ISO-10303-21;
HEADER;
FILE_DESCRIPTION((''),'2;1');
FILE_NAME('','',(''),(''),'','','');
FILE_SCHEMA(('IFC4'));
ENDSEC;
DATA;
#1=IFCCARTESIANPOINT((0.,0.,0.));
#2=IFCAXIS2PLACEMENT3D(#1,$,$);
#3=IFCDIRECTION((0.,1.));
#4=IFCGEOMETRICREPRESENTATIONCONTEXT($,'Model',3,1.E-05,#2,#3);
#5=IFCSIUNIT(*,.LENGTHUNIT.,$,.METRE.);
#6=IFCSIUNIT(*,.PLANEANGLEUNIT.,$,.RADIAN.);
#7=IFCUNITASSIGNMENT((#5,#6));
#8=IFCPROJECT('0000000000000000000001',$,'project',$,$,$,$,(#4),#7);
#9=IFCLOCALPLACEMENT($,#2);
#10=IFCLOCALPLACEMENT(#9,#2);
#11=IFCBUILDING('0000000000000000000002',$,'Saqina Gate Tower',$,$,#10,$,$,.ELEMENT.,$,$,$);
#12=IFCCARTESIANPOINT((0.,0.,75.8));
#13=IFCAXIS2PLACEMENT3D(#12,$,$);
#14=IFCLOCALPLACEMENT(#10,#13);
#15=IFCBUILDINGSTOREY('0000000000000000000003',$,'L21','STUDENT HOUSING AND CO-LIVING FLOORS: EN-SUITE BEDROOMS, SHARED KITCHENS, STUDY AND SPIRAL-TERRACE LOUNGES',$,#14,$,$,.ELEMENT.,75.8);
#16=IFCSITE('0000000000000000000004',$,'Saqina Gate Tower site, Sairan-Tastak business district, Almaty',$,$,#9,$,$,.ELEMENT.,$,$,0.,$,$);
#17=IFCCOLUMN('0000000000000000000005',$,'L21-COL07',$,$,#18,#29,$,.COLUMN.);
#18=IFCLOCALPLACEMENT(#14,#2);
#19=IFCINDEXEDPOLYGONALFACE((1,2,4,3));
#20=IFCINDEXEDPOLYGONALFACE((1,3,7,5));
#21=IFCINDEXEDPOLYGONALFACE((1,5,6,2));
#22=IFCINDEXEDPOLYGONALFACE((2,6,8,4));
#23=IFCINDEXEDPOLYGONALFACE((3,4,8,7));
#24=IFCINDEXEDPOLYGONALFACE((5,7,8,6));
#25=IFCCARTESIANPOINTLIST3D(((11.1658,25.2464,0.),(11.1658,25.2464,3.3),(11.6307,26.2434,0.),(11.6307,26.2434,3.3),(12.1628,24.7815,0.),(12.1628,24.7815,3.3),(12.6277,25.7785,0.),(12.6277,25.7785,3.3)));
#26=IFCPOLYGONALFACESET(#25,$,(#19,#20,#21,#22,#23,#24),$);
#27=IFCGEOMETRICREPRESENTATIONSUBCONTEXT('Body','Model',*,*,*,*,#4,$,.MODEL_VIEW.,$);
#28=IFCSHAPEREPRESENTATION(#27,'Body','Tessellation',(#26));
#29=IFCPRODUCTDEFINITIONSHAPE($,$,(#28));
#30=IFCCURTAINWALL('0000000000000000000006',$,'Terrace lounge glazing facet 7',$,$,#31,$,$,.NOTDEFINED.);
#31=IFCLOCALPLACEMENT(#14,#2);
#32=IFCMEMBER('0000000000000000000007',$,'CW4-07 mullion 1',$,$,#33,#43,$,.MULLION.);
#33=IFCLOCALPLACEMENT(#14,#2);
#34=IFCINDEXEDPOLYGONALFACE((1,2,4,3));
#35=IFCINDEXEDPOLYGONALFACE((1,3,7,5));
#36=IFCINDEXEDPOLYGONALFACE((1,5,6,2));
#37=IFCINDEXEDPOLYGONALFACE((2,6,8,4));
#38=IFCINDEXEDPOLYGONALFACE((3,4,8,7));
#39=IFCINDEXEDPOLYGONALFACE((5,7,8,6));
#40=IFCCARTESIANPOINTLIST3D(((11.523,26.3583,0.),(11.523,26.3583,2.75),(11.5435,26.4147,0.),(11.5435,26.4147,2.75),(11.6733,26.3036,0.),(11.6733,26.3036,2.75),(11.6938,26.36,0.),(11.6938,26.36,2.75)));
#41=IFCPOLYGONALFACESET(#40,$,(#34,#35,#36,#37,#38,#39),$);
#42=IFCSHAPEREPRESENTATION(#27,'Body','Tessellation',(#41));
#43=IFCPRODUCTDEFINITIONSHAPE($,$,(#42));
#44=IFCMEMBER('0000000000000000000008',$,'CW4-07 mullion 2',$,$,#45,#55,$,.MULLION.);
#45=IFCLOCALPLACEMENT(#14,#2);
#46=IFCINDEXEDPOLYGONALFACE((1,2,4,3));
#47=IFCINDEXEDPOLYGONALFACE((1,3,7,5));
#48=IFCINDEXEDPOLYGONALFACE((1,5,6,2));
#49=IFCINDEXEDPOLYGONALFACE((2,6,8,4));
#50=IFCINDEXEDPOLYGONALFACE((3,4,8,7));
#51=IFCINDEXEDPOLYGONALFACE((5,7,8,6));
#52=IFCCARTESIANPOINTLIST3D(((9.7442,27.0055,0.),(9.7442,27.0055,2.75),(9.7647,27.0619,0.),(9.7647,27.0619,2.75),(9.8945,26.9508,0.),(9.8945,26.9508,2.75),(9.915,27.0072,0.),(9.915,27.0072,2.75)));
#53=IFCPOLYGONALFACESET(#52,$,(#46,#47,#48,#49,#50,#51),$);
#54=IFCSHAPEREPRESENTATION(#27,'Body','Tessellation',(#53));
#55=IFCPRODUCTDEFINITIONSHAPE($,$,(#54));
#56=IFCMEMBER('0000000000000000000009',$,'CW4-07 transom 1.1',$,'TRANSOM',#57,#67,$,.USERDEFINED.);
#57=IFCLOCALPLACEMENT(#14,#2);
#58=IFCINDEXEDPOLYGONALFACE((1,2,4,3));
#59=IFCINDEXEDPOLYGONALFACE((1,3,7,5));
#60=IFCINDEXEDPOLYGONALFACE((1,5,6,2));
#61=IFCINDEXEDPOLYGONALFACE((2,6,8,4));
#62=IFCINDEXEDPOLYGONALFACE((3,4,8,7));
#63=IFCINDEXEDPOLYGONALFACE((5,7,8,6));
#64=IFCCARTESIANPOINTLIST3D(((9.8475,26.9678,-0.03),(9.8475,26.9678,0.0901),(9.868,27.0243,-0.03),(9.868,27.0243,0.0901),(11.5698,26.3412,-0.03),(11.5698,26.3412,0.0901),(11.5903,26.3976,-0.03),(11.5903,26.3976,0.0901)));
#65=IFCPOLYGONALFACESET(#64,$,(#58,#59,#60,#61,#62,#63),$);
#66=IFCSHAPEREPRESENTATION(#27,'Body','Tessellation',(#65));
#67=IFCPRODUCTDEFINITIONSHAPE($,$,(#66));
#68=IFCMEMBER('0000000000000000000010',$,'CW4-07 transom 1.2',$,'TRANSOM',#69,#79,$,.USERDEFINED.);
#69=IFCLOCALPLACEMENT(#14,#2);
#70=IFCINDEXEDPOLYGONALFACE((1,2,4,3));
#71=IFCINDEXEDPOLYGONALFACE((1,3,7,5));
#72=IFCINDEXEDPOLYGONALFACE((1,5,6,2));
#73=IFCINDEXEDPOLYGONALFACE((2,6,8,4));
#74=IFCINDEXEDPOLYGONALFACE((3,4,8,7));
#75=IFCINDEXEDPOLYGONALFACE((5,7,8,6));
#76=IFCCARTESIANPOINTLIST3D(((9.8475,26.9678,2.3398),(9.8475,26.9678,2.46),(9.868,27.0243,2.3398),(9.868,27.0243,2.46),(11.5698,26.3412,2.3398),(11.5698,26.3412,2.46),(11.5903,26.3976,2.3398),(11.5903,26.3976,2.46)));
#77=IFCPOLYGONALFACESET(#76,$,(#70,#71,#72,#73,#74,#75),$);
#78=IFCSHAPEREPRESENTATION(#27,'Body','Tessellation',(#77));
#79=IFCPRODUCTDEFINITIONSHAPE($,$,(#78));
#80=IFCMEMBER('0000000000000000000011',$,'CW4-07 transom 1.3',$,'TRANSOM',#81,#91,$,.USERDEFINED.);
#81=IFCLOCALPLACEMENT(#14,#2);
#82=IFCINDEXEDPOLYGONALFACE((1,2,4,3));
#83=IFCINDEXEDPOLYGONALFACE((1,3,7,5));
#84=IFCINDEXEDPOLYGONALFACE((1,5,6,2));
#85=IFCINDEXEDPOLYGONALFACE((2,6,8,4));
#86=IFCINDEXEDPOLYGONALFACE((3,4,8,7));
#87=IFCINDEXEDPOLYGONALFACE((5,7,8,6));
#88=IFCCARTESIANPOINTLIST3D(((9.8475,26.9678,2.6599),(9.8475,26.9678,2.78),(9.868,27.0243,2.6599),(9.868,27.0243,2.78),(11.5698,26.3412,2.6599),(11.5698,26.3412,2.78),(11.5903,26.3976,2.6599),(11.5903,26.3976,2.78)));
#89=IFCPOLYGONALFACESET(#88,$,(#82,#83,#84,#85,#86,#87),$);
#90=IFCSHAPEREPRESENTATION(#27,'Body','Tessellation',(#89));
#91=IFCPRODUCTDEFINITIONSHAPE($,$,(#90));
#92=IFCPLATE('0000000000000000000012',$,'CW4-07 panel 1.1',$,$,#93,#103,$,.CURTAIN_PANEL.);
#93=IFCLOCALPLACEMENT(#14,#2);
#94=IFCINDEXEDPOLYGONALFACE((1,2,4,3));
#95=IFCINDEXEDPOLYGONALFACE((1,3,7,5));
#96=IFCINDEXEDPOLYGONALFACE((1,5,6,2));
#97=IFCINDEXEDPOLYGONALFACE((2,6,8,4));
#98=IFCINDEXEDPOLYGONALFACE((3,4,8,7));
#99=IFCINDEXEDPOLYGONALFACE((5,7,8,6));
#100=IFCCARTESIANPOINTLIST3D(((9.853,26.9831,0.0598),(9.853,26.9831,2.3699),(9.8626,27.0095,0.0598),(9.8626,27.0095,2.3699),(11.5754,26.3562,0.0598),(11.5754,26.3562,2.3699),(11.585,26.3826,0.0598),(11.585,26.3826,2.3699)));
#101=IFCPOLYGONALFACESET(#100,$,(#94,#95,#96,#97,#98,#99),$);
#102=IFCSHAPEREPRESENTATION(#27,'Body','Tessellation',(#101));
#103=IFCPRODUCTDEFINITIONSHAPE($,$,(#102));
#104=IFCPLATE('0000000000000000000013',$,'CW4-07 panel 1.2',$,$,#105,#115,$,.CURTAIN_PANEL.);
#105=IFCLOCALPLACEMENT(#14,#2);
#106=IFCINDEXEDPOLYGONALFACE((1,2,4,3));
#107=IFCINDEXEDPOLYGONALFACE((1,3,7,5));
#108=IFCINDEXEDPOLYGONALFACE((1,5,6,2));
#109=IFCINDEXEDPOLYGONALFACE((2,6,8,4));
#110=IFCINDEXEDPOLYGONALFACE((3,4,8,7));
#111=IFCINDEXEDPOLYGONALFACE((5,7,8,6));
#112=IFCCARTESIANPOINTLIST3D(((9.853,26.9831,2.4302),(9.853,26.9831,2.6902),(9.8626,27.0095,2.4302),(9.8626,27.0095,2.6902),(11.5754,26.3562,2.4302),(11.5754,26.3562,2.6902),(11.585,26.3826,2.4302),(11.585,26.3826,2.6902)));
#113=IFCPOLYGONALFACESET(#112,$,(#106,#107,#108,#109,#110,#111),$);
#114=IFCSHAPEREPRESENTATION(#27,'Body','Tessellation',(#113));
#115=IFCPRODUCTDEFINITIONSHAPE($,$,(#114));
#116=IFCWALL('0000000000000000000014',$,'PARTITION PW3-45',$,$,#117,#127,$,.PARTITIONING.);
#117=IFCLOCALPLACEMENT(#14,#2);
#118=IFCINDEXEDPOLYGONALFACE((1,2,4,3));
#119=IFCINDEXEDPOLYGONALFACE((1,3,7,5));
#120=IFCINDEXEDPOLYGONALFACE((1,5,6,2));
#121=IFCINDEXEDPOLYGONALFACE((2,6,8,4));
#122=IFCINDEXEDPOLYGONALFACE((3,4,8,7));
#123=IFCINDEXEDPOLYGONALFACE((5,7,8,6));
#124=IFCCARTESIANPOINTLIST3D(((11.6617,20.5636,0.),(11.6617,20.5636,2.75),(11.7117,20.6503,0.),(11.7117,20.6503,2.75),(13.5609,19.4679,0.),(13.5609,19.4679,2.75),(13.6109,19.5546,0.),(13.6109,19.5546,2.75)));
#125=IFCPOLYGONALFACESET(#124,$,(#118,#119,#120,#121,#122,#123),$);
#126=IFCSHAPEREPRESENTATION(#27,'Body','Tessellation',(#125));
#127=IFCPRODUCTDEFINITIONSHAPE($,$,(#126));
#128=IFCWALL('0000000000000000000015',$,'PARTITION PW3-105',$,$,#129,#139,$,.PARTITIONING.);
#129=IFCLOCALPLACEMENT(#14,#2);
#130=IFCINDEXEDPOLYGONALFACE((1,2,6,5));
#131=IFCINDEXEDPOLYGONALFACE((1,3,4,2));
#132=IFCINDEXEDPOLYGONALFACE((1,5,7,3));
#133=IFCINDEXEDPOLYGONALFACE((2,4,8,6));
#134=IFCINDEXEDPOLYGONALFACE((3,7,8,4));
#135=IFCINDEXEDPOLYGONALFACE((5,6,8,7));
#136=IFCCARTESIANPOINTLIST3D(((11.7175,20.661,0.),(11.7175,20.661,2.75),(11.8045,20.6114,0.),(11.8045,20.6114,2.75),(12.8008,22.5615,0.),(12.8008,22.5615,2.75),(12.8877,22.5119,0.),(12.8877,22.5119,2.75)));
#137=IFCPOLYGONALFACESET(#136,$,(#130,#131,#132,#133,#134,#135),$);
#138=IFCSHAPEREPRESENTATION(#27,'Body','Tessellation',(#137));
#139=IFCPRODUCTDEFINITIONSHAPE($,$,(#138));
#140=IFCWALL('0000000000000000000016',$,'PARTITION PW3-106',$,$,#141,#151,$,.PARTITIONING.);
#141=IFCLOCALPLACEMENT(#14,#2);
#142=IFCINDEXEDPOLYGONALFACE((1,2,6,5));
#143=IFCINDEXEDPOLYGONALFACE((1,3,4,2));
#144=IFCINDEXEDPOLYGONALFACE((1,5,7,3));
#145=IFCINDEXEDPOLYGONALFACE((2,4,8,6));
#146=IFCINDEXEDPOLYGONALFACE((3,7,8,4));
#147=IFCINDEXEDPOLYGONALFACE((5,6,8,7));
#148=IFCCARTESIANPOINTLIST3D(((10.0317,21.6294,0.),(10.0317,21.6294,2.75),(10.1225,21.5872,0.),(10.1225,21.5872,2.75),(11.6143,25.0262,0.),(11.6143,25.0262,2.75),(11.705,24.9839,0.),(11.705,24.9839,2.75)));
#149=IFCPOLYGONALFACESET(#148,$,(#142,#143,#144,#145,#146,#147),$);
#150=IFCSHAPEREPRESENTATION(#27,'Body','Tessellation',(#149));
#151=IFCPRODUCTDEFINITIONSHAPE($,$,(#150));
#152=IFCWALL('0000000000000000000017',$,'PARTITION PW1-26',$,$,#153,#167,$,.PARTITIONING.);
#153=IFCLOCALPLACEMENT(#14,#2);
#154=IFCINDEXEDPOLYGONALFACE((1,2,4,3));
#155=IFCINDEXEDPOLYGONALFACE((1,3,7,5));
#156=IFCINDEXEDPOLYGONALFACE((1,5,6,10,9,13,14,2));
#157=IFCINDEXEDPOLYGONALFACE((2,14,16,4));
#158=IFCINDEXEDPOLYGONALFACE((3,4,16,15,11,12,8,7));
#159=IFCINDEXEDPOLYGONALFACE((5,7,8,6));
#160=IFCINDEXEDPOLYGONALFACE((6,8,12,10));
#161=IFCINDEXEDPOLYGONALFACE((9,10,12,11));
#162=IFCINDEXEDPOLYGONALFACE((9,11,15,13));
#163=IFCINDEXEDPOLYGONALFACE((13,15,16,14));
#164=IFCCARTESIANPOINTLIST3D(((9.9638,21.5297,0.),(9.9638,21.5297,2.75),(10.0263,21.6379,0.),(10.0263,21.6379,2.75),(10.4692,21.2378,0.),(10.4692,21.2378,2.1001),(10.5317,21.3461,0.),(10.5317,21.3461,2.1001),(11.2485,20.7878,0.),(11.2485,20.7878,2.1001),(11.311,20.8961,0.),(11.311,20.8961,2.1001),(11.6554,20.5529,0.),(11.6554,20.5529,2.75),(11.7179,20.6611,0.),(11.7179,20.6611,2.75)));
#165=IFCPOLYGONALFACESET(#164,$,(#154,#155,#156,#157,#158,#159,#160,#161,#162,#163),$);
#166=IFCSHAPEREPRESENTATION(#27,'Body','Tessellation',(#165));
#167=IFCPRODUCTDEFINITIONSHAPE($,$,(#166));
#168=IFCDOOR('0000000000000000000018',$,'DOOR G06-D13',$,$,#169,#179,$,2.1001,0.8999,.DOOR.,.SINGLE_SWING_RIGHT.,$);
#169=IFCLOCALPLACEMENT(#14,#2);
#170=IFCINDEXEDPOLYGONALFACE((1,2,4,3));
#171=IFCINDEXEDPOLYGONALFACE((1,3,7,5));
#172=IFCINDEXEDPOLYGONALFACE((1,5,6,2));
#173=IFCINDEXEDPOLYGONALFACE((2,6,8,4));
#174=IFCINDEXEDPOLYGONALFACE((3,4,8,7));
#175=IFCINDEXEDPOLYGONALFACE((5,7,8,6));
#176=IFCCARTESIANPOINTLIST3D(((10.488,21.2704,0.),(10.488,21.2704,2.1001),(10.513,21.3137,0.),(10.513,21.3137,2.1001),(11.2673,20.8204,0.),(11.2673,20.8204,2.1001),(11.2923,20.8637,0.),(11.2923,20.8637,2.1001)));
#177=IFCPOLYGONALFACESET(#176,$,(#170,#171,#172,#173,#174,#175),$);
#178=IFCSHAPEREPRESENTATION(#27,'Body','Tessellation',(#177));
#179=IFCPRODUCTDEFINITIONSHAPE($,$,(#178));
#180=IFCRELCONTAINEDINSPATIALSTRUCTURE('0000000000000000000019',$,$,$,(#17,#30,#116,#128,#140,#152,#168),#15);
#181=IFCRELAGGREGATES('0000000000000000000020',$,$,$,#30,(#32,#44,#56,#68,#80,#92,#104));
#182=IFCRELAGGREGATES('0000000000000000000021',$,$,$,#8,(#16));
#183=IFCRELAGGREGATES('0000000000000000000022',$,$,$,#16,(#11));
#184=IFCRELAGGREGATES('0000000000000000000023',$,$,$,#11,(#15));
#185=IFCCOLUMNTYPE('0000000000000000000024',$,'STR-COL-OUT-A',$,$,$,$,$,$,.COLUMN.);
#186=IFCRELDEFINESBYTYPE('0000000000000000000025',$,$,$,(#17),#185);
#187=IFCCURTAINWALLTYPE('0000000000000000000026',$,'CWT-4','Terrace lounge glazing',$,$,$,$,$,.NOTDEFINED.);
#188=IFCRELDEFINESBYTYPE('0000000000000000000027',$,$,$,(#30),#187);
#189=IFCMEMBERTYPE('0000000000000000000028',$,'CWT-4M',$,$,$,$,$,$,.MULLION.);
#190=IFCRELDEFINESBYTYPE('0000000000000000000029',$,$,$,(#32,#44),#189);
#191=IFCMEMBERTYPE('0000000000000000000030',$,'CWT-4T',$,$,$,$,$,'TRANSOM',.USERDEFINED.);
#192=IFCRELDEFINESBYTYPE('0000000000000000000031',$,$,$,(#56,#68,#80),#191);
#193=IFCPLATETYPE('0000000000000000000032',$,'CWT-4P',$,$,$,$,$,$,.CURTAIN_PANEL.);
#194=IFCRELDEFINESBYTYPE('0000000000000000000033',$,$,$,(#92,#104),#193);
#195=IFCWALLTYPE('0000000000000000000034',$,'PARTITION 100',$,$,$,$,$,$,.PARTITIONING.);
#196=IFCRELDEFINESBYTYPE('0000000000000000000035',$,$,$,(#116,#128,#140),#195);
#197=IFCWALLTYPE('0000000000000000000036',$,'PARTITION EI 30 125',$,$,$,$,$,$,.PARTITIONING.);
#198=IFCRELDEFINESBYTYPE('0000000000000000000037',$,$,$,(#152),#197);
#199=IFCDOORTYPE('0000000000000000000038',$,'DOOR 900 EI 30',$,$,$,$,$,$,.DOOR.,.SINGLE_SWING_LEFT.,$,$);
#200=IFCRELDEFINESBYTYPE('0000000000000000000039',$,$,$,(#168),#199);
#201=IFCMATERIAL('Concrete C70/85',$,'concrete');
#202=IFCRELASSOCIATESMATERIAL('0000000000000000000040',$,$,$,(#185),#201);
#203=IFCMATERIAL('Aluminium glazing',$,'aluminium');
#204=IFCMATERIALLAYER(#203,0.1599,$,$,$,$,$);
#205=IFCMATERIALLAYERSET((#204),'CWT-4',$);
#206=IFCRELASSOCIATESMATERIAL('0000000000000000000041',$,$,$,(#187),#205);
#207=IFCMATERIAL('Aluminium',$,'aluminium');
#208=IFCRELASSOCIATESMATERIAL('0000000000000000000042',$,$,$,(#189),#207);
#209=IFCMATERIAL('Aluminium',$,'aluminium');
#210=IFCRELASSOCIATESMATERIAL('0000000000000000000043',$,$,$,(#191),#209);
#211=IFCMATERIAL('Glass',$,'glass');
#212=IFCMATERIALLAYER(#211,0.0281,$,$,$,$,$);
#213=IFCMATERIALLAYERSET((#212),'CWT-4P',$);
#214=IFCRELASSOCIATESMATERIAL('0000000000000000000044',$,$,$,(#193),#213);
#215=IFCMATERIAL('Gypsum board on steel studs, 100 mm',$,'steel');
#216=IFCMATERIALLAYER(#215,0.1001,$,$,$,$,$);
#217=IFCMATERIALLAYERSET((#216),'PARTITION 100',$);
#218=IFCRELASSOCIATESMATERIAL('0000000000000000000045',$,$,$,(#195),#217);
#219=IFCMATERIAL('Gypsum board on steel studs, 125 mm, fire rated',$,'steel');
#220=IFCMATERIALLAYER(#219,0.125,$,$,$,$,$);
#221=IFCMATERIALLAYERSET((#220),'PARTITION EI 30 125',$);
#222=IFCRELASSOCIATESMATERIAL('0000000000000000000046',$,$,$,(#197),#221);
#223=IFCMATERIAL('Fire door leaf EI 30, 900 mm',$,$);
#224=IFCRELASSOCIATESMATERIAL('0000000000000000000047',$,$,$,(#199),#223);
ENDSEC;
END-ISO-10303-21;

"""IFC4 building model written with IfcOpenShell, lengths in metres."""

from ifc_helpers import new_model, si_unit, direction, frame, frame_2d, origin, origin_2d, place, context, subcontext, project, spatial, rectangle, extrude, material, layer, layer_set, material_profile, profile_set, type_object, element, fill, aggregate, save


model = new_model("IFC4")

# Units and contexts
model_context = context("Model", 3, precision=1e-05, world=origin(), true_north=direction((0.0, 1.0)))
body_context = subcontext(model_context, "Body", "Model", "MODEL_VIEW")
ifc_project = project(units=[si_unit("LENGTHUNIT", "METRE"), si_unit("PLANEANGLEUNIT", "RADIAN")], contexts=[model_context])

# Site, building, storey
site_placement = place(None, origin())
site = spatial("IfcSite", under=ifc_project, at=site_placement, Name="Saqina Gate Tower site, Sairan-Tastak business district, Almaty", CompositionType="ELEMENT", RefElevation=0.0)
building_placement = place(site_placement, origin())
building = spatial("IfcBuilding", under=site, at=building_placement, Name="Saqina Gate Tower", CompositionType="ELEMENT")
storey_placement = place(building_placement, frame((0.0, 0.0, 75.8)))
storey = spatial("IfcBuildingStorey", under=building, at=storey_placement, Name="L21", Description="STUDENT HOUSING AND CO-LIVING FLOORS: EN-SUITE BEDROOMS, SHARED KITCHENS, STUDY AND SPIRAL-TERRACE LOUNGES", CompositionType="ELEMENT", Elevation=75.8)

# Column
ifc_material_1 = material(Name="Concrete C70/85", Category="concrete")
ifc_material_profile_1 = material_profile(ifc_material_1, rectangle(XDim=1.1001, YDim=1.1001, at=origin_2d()), Name="RC 1100x1100")
ifc_profile_set_1 = profile_set([ifc_material_profile_1], Name="Concrete C70/85")
column_type = type_object("IfcColumnType", Name="STR-COL-OUT-A", PredefinedType="COLUMN", material=ifc_profile_set_1)
column_placement = place(storey_placement, frame((11.8967, 25.5125, 0.0), z_axis=(0.0, 0.0, 1.0), x_axis=(0.422618, 0.906308, 0.0)))
element("IfcColumn", 1, at=column_placement, inside=storey, type_object=column_type, Name="L21-COL07", PredefinedType="COLUMN", context=body_context, shape_type="SweptSolid", body=[
    extrude(rectangle(XDim=1.1001, YDim=1.1001, at=origin_2d()), origin(), (0.0, 0.0, 1.0), 3.3),
])

# Curtain wall, members, plates
ifc_material_2 = material(Name="Aluminium glazing", Category="aluminium")
ifc_layer_1 = layer(ifc_material_2, 0.1599)
ifc_layer_set_1 = layer_set([ifc_layer_1], Name="CWT-4")
curtain_wall_type = type_object("IfcCurtainWallType", Name="CWT-4", Description="Terrace lounge glazing", PredefinedType="NOTDEFINED", material=ifc_layer_set_1)
curtain_wall_placement = place(storey_placement, origin())
curtain_wall = element("IfcCurtainWall", 2, at=curtain_wall_placement, inside=storey, type_object=curtain_wall_type, Name="Terrace lounge glazing facet 7", PredefinedType="NOTDEFINED")
ifc_material_3 = material(Name="Aluminium", Category="aluminium")
ifc_material_profile_2 = material_profile(ifc_material_3, rectangle(XDim=0.0601, YDim=0.1599, at=origin_2d()), Name="Aluminium 60x160")
ifc_profile_set_2 = profile_set([ifc_material_profile_2], Name="Aluminium")
member_type_1 = type_object("IfcMemberType", Name="CWT-4M", PredefinedType="MULLION", material=ifc_profile_set_2)
member_1_placement = place(storey_placement, frame((11.6084, 26.3591, 0.0), z_axis=(0.0, 0.0, 1.0), x_axis=(-0.342008, -0.939697, 0.0)))
member_1 = element("IfcMember", 3, at=member_1_placement, type_object=member_type_1, Name="CW4-07 mullion 1", PredefinedType="MULLION", context=body_context, shape_type="SweptSolid", body=[
    extrude(rectangle(XDim=0.0601, YDim=0.1599, at=origin_2d()), origin(), (0.0, 0.0, 1.0), 2.75),
])
member_2_placement = place(storey_placement, frame((9.8296, 27.0063, 0.0), z_axis=(0.0, 0.0, 1.0), x_axis=(-0.342008, -0.939697, 0.0)))
member_2 = element("IfcMember", 4, at=member_2_placement, type_object=member_type_1, Name="CW4-07 mullion 2", PredefinedType="MULLION", context=body_context, shape_type="SweptSolid", body=[
    extrude(rectangle(XDim=0.0601, YDim=0.1599, at=origin_2d()), origin(), (0.0, 0.0, 1.0), 2.75),
])
ifc_material_4 = material(Name="Aluminium", Category="aluminium")
ifc_material_profile_3 = material_profile(ifc_material_4, rectangle(XDim=0.0601, YDim=0.1201, at=origin_2d()), Name="Aluminium 60x120")
ifc_profile_set_3 = profile_set([ifc_material_profile_3], Name="Aluminium")
member_type_2 = type_object("IfcMemberType", Name="CWT-4T", ElementType="TRANSOM", PredefinedType="USERDEFINED", material=ifc_profile_set_3)
member_3_placement = place(storey_placement, frame((11.5801, 26.3694, 0.03), z_axis=(-0.939727, 0.341925, 0.0), x_axis=(-0.341925, -0.939727, 0.0)))
member_3 = element("IfcMember", 5, at=member_3_placement, type_object=member_type_2, Name="CW4-07 transom 1.1", ObjectType="TRANSOM", PredefinedType="USERDEFINED", context=body_context, shape_type="SweptSolid", body=[
    extrude(rectangle(XDim=0.0601, YDim=0.1201, at=origin_2d()), origin(), (0.0, 0.0, 1.0), 1.8328),
])
member_4_placement = place(storey_placement, frame((11.5801, 26.3694, 2.3999), z_axis=(-0.939727, 0.341925, 0.0), x_axis=(-0.341925, -0.939727, 0.0)))
member_4 = element("IfcMember", 6, at=member_4_placement, type_object=member_type_2, Name="CW4-07 transom 1.2", ObjectType="TRANSOM", PredefinedType="USERDEFINED", context=body_context, shape_type="SweptSolid", body=[
    extrude(rectangle(XDim=0.0601, YDim=0.1201, at=origin_2d()), origin(), (0.0, 0.0, 1.0), 1.8328),
])
member_5_placement = place(storey_placement, frame((11.5801, 26.3694, 2.72), z_axis=(-0.939727, 0.341925, 0.0), x_axis=(-0.341925, -0.939727, 0.0)))
member_5 = element("IfcMember", 7, at=member_5_placement, type_object=member_type_2, Name="CW4-07 transom 1.3", ObjectType="TRANSOM", PredefinedType="USERDEFINED", context=body_context, shape_type="SweptSolid", body=[
    extrude(rectangle(XDim=0.0601, YDim=0.1201, at=origin_2d()), origin(), (0.0, 0.0, 1.0), 1.8328),
])
ifc_material_5 = material(Name="Glass", Category="glass")
ifc_layer_2 = layer(ifc_material_5, 0.0281)
ifc_layer_set_2 = layer_set([ifc_layer_2], Name="CWT-4P")
plate_type = type_object("IfcPlateType", Name="CWT-4P", PredefinedType="CURTAIN_PANEL", material=ifc_layer_set_2)
plate_1_placement = place(storey_placement, frame((10.719, 26.6829, 0.0598), z_axis=(0.0, 0.0, 1.0), x_axis=(-0.939697, 0.342008, 0.0)))
plate_1 = element("IfcPlate", 8, at=plate_1_placement, type_object=plate_type, Name="CW4-07 panel 1.1", PredefinedType="CURTAIN_PANEL", context=body_context, shape_type="SweptSolid", body=[
    extrude(rectangle(XDim=1.833, YDim=0.0281, at=origin_2d()), origin(), (0.0, 0.0, 1.0), 2.3101),
])
plate_2_placement = place(storey_placement, frame((10.719, 26.6829, 2.4302), z_axis=(0.0, 0.0, 1.0), x_axis=(-0.939697, 0.342008, 0.0)))
plate_2 = element("IfcPlate", 9, at=plate_2_placement, type_object=plate_type, Name="CW4-07 panel 1.2", PredefinedType="CURTAIN_PANEL", context=body_context, shape_type="SweptSolid", body=[
    extrude(rectangle(XDim=1.833, YDim=0.0281, at=origin_2d()), origin(), (0.0, 0.0, 1.0), 0.26),
])
aggregate(curtain_wall, [member_1, member_2, member_3, member_4, member_5, plate_1, plate_2])

# Walls
ifc_material_6 = material(Name="Gypsum board on steel studs, 100 mm", Category="steel")
ifc_layer_3 = layer(ifc_material_6, 0.1001)
ifc_layer_set_3 = layer_set([ifc_layer_3], Name="PARTITION 100")
wall_type_1 = type_object("IfcWallType", Name="PARTITION 100", PredefinedType="PARTITIONING", material=ifc_layer_set_3)
wall_1_placement = place(storey_placement, frame((11.6868, 20.6069, 0.0), z_axis=(0.0, 0.0, 1.0), x_axis=(0.86618, -0.499732, 0.0)))
element("IfcWall", 10, at=wall_1_placement, inside=storey, type_object=wall_type_1, Name="PARTITION PW3-45", PredefinedType="PARTITIONING", context=body_context, shape_type="SweptSolid", body=[
    extrude(rectangle(XDim=2.1926, YDim=0.1001, at=frame_2d((1.0962, 0.0))), origin(), (0.0, 0.0, 1.0), 2.75),
])
wall_2_placement = place(storey_placement, frame((11.761, 20.6362, 0.0), z_axis=(0.0, 0.0, 1.0), x_axis=(0.495213, 0.868772, 0.0)))
element("IfcWall", 11, at=wall_2_placement, inside=storey, type_object=wall_type_1, Name="PARTITION PW3-105", PredefinedType="PARTITIONING", context=body_context, shape_type="SweptSolid", body=[
    extrude(rectangle(XDim=2.1875, YDim=0.1001, at=frame_2d((1.0938, 0.0))), origin(), (0.0, 0.0, 1.0), 2.75),
])
wall_3_placement = place(storey_placement, frame((10.0771, 21.6084, 0.0), z_axis=(0.0, 0.0, 1.0), x_axis=(0.422311, 0.906451, 0.0)))
element("IfcWall", 12, at=wall_3_placement, inside=storey, type_object=wall_type_1, Name="PARTITION PW3-106", PredefinedType="PARTITIONING", context=body_context, shape_type="SweptSolid", body=[
    extrude(rectangle(XDim=3.7473, YDim=0.1001, at=frame_2d((1.8735, 0.0))), origin(), (0.0, 0.0, 1.0), 2.75),
])

# Wall, opening, door
ifc_material_7 = material(Name="Gypsum board on steel studs, 125 mm, fire rated", Category="steel")
ifc_layer_4 = layer(ifc_material_7, 0.125)
ifc_layer_set_4 = layer_set([ifc_layer_4], Name="PARTITION EI 30 125")
wall_type_2 = type_object("IfcWallType", Name="PARTITION EI 30 125", PredefinedType="PARTITIONING", material=ifc_layer_set_4)
wall_4_placement = place(storey_placement, frame((9.9951, 21.5837, 0.0), z_axis=(0.0, 0.0, 1.0), x_axis=(0.865996, -0.500051, 0.0)))
wall_4 = element("IfcWall", 13, at=wall_4_placement, inside=storey, type_object=wall_type_2, Name="PARTITION PW1-26", PredefinedType="PARTITIONING", context=body_context, shape_type="SweptSolid", body=[
    extrude(rectangle(XDim=1.9534, YDim=0.125, at=frame_2d((0.9766, 0.0))), origin(), (0.0, 0.0, 1.0), 2.75),
])
opening_placement = place(wall_4_placement, frame((0.5835, 0.0, 0.0)))
opening = element("IfcOpeningElement", 14, at=opening_placement, cuts=wall_4, PredefinedType="OPENING", context=body_context, shape_type="SweptSolid", body=[
    extrude(rectangle(XDim=0.8999, YDim=2.1001, at=frame_2d((0.45, 1.05))), frame((0.0, 0.0745, 0.0), z_axis=(0.0, -1.0, 0.0), x_axis=(1.0, 0.0, 0.0)), (0.0, 0.0, 1.0), 0.1489),
])
ifc_material_8 = material(Name="Fire door leaf EI 30, 900 mm")
door_type = type_object("IfcDoorType", Name="DOOR 900 EI 30", OperationType="SINGLE_SWING_LEFT", PredefinedType="DOOR", material=ifc_material_8)
door_placement = place(opening_placement, frame((0.8999, 0.0, 0.0), z_axis=(0.0, 0.0, 1.0), x_axis=(-1.0, 0.0, 0.0)))
door = element("IfcDoor", 15, at=door_placement, inside=storey, type_object=door_type, Name="DOOR G06-D13", OperationType="SINGLE_SWING_RIGHT", OverallHeight=2.1001, OverallWidth=0.8999, PredefinedType="DOOR", context=body_context, shape_type="SweptSolid", body=[
    extrude(rectangle(XDim=0.8999, YDim=2.1001, at=frame_2d((0.45, 1.05))), frame((0.0, 0.0249, 0.0), z_axis=(0.0, -1.0, 0.0), x_axis=(1.0, 0.0, 0.0)), (0.0, 0.0, 1.0), 0.05),
])
fill(opening, door)

save(model, "model.ifc")
